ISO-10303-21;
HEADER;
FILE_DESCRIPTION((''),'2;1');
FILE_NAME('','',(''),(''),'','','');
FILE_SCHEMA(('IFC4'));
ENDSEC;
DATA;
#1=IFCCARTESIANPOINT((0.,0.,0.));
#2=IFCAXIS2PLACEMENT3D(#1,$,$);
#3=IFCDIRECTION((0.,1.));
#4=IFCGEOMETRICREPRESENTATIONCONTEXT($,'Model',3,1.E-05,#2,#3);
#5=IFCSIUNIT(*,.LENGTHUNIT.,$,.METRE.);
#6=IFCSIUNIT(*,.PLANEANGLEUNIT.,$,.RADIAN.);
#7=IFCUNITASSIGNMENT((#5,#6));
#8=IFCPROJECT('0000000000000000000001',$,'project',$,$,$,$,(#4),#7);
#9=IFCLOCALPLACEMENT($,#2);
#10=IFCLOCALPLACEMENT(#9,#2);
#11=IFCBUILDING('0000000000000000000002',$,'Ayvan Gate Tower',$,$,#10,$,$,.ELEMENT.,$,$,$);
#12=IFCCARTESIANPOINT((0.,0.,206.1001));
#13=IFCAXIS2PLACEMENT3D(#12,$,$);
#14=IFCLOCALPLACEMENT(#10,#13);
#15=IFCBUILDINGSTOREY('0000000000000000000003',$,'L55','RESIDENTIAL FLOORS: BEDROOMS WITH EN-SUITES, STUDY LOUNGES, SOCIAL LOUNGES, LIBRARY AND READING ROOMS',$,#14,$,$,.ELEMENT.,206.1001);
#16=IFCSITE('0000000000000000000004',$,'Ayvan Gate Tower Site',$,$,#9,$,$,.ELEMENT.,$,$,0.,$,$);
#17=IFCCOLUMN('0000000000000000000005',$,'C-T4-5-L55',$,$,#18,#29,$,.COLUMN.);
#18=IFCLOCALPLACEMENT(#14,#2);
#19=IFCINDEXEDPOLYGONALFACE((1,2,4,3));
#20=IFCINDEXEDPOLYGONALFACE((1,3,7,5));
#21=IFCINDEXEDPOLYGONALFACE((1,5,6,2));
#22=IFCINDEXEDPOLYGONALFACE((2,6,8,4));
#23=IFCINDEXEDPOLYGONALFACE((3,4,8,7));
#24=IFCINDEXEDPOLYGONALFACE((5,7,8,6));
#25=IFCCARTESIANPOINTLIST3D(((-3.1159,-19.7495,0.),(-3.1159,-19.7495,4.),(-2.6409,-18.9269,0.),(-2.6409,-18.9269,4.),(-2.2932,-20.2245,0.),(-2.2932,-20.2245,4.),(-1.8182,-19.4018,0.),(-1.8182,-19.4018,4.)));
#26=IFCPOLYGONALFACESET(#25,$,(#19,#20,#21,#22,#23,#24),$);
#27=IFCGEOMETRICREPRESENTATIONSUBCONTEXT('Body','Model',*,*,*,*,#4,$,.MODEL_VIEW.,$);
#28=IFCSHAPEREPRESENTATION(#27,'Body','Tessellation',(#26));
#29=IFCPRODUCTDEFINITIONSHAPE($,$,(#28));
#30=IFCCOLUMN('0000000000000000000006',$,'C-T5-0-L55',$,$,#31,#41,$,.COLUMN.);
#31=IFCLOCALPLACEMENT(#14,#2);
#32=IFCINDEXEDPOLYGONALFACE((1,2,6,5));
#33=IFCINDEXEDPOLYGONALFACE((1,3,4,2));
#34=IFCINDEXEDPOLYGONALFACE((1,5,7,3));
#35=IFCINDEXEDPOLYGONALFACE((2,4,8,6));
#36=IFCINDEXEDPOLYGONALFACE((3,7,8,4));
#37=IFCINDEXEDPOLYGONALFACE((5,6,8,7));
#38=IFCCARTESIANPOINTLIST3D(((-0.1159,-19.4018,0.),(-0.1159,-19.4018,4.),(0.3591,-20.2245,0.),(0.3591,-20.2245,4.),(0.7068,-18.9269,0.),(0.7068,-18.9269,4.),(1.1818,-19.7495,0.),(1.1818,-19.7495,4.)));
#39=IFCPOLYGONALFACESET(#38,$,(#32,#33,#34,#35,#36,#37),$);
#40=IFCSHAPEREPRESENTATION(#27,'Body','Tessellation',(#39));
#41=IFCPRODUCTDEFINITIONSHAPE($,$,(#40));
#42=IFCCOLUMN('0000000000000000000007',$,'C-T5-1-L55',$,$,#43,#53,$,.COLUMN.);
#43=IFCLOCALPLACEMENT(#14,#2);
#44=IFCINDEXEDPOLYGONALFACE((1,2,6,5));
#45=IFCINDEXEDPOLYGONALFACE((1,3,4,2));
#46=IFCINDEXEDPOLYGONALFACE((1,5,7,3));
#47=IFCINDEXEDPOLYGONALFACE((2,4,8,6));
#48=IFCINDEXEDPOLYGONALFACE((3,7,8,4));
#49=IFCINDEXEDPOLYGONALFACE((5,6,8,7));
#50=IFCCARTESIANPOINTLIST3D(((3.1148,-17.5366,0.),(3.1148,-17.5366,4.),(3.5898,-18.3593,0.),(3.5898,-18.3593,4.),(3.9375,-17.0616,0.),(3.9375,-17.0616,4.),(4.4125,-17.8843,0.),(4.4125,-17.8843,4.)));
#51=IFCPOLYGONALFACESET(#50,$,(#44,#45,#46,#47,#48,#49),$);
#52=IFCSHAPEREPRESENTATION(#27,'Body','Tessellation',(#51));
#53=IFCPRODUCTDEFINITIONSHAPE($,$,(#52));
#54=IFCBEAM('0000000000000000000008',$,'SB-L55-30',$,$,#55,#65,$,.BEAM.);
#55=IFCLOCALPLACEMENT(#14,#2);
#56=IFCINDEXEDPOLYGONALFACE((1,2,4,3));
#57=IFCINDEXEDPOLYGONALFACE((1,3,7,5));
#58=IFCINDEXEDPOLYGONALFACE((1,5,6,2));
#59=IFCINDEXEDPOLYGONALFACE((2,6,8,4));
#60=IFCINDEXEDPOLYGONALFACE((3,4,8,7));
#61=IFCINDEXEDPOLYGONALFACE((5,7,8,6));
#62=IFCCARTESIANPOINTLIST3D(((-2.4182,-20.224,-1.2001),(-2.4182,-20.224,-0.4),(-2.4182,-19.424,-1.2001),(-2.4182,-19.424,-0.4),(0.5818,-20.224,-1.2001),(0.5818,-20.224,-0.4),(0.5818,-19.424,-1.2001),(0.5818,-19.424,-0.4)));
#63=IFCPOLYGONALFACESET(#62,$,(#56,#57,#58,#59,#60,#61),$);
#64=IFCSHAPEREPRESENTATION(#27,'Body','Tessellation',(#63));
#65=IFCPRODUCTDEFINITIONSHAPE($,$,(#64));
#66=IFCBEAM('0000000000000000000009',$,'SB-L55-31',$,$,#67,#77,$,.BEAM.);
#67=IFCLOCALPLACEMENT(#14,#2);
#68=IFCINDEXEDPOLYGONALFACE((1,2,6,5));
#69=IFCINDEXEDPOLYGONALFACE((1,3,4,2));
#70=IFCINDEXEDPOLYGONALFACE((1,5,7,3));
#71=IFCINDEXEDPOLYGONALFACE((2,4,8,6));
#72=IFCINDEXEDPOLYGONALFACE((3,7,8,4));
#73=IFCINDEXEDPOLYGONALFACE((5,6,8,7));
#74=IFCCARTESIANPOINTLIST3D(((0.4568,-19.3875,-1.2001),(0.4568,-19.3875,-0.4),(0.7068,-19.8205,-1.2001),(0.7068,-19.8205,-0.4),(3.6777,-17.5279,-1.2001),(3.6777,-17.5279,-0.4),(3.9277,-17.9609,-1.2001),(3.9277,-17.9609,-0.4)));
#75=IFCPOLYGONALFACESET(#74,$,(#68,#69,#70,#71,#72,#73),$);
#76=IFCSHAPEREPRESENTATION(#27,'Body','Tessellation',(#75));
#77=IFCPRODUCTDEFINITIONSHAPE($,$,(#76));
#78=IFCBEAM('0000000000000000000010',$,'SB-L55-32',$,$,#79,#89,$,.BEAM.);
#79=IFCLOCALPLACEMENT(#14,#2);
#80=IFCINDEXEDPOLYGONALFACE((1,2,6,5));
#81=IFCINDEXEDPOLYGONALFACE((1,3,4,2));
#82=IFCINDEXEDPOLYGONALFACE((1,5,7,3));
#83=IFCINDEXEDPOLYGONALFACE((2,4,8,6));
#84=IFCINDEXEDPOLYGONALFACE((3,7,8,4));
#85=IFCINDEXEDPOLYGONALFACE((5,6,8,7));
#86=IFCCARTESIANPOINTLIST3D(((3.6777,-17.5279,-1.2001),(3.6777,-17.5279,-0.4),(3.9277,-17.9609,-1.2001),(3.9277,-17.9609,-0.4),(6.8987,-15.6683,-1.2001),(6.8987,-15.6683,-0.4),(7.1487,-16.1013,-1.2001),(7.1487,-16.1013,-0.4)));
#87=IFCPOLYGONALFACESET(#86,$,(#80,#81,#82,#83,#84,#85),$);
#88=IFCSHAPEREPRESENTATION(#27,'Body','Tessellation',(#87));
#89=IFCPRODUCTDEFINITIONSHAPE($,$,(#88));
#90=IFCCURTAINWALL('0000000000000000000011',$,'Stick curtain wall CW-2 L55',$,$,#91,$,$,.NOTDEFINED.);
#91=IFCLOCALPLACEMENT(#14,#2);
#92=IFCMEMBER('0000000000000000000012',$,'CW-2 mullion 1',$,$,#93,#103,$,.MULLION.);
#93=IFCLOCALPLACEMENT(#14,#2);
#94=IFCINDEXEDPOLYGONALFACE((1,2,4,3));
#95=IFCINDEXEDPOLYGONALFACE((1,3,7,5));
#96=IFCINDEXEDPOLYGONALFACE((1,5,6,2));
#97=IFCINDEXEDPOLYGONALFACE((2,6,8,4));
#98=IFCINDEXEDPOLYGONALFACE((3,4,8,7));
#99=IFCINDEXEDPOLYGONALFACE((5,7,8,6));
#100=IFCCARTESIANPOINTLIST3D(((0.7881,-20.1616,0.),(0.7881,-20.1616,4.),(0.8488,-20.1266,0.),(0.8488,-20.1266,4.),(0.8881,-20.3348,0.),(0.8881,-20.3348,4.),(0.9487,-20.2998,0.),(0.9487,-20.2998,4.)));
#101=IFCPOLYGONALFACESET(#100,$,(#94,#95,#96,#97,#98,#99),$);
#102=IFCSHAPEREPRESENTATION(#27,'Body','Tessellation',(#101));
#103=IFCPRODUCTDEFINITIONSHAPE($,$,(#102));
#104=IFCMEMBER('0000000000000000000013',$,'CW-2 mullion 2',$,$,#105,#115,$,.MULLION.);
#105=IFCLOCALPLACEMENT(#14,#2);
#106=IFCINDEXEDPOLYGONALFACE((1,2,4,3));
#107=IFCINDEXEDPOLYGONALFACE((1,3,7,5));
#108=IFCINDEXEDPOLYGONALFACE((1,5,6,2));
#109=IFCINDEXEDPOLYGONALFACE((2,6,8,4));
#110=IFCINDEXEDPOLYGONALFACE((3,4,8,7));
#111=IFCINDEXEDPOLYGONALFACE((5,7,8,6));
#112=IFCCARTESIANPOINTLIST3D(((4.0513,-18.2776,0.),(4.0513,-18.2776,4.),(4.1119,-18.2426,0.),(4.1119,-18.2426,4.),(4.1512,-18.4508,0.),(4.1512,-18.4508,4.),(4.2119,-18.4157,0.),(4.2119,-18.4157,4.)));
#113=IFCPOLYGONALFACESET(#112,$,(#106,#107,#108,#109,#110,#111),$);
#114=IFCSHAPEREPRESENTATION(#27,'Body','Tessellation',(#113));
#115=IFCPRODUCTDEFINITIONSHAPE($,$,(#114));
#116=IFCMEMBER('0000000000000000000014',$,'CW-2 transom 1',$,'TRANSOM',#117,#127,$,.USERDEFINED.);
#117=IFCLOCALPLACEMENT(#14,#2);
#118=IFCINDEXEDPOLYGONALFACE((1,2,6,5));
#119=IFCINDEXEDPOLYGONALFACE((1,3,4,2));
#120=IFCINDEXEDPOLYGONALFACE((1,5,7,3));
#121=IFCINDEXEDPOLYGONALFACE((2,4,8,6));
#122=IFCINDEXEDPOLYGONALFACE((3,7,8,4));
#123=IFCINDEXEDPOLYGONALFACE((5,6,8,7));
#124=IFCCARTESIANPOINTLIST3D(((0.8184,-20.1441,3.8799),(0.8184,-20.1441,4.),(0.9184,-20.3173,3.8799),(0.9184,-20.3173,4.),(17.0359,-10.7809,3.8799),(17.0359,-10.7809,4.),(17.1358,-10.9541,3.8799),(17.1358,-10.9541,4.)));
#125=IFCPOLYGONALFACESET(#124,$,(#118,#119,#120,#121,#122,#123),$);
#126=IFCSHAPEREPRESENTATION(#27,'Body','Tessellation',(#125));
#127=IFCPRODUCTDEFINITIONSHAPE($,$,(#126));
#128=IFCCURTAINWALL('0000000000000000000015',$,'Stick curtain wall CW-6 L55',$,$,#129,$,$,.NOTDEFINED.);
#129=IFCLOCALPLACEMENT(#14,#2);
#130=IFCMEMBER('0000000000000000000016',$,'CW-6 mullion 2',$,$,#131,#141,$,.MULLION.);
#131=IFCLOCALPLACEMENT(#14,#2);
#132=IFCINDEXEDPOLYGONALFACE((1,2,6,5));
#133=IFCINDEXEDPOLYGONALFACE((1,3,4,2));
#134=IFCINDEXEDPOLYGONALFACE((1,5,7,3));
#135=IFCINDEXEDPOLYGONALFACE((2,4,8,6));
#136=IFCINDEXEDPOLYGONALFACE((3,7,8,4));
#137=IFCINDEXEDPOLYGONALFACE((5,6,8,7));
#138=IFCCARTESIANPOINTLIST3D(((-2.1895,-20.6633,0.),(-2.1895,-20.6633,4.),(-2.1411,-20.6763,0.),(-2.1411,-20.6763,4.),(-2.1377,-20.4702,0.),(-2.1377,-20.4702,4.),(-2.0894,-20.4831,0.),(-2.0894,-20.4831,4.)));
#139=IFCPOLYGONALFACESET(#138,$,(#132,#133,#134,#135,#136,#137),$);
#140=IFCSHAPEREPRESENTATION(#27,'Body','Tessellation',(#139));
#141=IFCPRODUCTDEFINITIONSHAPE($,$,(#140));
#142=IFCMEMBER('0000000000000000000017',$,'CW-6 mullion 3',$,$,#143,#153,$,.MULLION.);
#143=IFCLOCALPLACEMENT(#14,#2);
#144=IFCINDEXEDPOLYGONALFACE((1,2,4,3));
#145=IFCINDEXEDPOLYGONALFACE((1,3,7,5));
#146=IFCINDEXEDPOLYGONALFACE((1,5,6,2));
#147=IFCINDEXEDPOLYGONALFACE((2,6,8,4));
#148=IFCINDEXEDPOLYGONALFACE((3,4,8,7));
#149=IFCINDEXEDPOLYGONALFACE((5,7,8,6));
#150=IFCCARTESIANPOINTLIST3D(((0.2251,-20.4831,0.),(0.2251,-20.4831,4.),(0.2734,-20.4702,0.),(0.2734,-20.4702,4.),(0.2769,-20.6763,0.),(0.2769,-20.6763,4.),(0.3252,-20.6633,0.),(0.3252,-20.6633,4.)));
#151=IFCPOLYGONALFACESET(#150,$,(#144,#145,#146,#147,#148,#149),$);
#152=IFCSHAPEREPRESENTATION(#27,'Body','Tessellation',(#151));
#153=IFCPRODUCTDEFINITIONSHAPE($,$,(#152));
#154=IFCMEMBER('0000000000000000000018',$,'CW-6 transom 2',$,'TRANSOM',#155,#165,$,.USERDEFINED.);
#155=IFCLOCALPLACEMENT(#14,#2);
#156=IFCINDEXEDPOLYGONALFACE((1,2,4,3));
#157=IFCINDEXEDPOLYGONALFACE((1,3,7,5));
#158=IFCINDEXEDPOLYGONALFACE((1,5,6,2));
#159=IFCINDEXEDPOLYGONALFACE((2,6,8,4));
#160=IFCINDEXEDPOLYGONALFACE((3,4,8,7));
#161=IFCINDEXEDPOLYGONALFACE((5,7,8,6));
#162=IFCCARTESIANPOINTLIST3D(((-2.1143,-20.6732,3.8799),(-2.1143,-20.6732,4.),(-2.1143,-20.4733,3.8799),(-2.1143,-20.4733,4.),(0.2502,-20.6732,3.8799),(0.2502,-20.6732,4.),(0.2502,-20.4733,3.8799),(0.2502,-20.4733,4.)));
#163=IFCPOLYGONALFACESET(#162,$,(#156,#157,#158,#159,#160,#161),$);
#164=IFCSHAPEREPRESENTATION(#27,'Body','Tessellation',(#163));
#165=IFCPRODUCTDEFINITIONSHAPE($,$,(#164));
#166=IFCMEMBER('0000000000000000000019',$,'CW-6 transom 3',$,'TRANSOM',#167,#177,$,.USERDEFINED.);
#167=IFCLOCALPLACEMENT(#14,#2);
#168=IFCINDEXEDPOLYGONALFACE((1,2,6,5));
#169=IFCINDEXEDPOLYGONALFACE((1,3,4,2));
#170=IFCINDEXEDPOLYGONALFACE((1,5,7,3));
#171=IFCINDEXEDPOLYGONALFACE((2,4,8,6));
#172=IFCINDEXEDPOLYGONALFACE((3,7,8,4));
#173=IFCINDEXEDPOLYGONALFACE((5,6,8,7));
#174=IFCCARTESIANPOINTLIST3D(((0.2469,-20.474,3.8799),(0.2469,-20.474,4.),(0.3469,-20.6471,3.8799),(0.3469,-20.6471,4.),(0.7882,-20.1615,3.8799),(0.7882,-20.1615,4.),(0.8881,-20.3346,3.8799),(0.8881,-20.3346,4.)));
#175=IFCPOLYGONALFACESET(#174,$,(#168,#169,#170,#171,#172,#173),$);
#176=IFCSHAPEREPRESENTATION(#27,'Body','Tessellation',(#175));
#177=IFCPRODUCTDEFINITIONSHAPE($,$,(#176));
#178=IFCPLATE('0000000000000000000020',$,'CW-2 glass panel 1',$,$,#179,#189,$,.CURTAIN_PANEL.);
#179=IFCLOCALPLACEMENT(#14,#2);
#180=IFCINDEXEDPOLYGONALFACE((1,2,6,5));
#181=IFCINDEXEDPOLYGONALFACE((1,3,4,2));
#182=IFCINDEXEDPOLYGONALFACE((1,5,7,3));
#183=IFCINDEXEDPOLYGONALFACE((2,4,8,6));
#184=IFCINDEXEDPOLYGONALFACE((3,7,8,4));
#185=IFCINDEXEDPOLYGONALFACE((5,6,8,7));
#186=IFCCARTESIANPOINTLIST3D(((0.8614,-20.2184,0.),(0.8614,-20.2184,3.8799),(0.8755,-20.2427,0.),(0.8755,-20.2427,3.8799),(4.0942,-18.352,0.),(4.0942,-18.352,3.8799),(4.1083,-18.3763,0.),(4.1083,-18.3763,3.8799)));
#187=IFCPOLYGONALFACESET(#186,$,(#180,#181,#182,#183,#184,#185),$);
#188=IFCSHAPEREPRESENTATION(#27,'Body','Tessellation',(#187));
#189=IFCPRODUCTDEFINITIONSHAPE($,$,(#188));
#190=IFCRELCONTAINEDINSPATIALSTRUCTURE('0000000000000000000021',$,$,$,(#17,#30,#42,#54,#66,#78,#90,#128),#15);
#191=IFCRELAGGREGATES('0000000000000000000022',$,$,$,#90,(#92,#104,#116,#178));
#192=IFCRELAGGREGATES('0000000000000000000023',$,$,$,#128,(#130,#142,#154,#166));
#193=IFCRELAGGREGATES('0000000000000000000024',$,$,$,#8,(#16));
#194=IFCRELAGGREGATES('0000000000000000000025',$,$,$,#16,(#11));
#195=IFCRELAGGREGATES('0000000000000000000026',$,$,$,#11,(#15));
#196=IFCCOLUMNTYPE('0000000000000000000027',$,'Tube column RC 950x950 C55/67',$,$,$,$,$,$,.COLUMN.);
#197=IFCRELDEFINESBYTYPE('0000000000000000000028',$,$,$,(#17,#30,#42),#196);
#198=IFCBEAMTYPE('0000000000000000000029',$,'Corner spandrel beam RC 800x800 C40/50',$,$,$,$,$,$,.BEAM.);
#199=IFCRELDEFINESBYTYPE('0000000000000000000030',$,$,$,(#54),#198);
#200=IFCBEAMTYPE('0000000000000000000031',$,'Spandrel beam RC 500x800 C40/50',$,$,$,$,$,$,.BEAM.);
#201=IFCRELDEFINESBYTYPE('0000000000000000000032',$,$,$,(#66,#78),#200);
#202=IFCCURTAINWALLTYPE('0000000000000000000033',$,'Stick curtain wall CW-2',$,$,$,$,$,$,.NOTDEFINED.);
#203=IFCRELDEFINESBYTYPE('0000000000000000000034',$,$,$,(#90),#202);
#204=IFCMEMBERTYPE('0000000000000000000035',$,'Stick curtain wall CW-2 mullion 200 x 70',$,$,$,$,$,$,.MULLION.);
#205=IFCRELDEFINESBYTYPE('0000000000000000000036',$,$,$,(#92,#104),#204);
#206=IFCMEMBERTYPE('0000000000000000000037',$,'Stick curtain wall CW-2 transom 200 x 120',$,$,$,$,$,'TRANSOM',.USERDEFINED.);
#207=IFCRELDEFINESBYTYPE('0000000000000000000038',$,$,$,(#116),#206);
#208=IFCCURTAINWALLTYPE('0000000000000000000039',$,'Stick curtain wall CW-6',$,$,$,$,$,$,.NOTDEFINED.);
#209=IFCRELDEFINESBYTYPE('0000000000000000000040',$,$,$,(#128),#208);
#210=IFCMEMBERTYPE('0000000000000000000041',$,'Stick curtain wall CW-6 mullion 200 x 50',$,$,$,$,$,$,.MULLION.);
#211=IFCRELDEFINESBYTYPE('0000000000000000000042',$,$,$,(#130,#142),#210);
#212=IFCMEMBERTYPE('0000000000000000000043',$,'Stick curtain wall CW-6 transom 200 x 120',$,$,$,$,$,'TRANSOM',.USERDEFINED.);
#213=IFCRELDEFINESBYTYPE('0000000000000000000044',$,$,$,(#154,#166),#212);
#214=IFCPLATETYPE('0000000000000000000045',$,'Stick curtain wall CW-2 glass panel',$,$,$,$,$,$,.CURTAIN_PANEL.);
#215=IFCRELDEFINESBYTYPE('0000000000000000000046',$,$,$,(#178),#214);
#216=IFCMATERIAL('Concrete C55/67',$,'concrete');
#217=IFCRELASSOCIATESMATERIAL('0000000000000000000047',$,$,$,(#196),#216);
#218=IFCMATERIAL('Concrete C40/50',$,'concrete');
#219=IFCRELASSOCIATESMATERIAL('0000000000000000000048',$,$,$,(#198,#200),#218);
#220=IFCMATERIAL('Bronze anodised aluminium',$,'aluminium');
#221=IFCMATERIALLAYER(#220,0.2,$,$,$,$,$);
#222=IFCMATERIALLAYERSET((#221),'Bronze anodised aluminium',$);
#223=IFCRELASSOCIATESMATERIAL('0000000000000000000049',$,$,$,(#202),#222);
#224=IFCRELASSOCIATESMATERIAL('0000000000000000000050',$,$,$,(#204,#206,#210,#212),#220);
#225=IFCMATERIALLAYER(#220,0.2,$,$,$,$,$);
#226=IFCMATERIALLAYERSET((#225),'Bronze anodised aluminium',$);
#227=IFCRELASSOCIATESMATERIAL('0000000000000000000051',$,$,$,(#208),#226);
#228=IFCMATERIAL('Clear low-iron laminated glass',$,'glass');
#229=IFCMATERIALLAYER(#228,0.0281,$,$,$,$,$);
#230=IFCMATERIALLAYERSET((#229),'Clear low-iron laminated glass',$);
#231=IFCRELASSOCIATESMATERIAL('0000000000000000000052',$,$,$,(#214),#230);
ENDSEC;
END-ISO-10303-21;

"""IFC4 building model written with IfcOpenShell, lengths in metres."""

from ifc_helpers import new_model, si_unit, direction, frame, origin, origin_2d, place, context, subcontext, project, spatial, rectangle, extrude, material, layer, layer_set, material_profile, profile_set, type_object, element, aggregate, save


model = new_model("IFC4")

# Units and contexts
model_context = context("Model", 3, precision=1e-05, world=origin(), true_north=direction((0.0, 1.0)))
body_context = subcontext(model_context, "Body", "Model", "MODEL_VIEW")
ifc_project = project(units=[si_unit("LENGTHUNIT", "METRE"), si_unit("PLANEANGLEUNIT", "RADIAN")], contexts=[model_context])

# Site, building, storey
site_placement = place(None, origin())
site = spatial("IfcSite", under=ifc_project, at=site_placement, Name="Ayvan Gate Tower Site", CompositionType="ELEMENT", RefElevation=0.0)
building_placement = place(site_placement, origin())
building = spatial("IfcBuilding", under=site, at=building_placement, Name="Ayvan Gate Tower", CompositionType="ELEMENT")
storey_placement = place(building_placement, frame((0.0, 0.0, 206.1001)))
storey = spatial("IfcBuildingStorey", under=building, at=storey_placement, Name="L55", Description="RESIDENTIAL FLOORS: BEDROOMS WITH EN-SUITES, STUDY LOUNGES, SOCIAL LOUNGES, LIBRARY AND READING ROOMS", CompositionType="ELEMENT", Elevation=206.1001)

# Columns
ifc_material_1 = material(Name="Concrete C55/67", Category="concrete")
ifc_material_profile_1 = material_profile(ifc_material_1, rectangle(XDim=0.95, YDim=0.95, at=origin_2d()), Name="RC 950x950")
ifc_profile_set_1 = profile_set([ifc_material_profile_1], Name="Concrete C55/67")
column_type = type_object("IfcColumnType", Name="Tube column RC 950x950 C55/67", PredefinedType="COLUMN", material=ifc_profile_set_1)
for number, where, z_axis, x_axis, name in (
    (1, (-2.467, -19.5757, 0.0), (0.0, 0.0, 1.0), (-0.5, -0.866025, 0.0), "C-T4-5-L55"),
    (2, (0.533, -19.5757, 0.0), (0.0, 0.0, 1.0), (0.5, -0.866025, 0.0), "C-T5-0-L55"),
    (3, (3.7637, -17.7104, 0.0), (0.0, 0.0, 1.0), (0.5, -0.866025, 0.0), "C-T5-1-L55"),
):
    element("IfcColumn", number, at=place(storey_placement, frame(where, z_axis=z_axis, x_axis=x_axis)), inside=storey, type_object=column_type, Name=name, PredefinedType="COLUMN", context=body_context, shape_type="SweptSolid", body=[
        extrude(rectangle(XDim=0.95, YDim=0.95, at=origin_2d()), origin(), (0.0, 0.0, 1.0), 4.0),
    ])

# Beams
ifc_material_2 = material(Name="Concrete C40/50", Category="concrete")
ifc_material_profile_2 = material_profile(ifc_material_2, rectangle(XDim=0.8, YDim=0.8, at=origin_2d()), Name="RC 800x800")
ifc_profile_set_2 = profile_set([ifc_material_profile_2], Name="Concrete C40/50")
beam_type_1 = type_object("IfcBeamType", Name="Corner spandrel beam RC 800x800 C40/50", PredefinedType="BEAM", material=ifc_profile_set_2)
beam_placement = place(storey_placement, frame((-2.4182, -19.824, -0.8), z_axis=(1.0, 0.0, 0.0), x_axis=(0.0, 1.0, 0.0)))
element("IfcBeam", 4, at=beam_placement, inside=storey, type_object=beam_type_1, Name="SB-L55-30", PredefinedType="BEAM", context=body_context, shape_type="SweptSolid", body=[
    extrude(rectangle(XDim=0.8, YDim=0.8, at=origin_2d()), origin(), (0.0, 0.0, 1.0), 3.0),
])
ifc_material_profile_3 = material_profile(ifc_material_2, rectangle(XDim=0.5, YDim=0.8, at=origin_2d()), Name="RC 500x800")
ifc_profile_set_3 = profile_set([ifc_material_profile_3], Name="Concrete C40/50")
beam_type_2 = type_object("IfcBeamType", Name="Spandrel beam RC 500x800 C40/50", PredefinedType="BEAM", material=ifc_profile_set_3)
for number, where, z_axis, x_axis, name in (
    (5, (0.5818, -19.604, -0.8), (0.866025, 0.500001, 0.0), (-0.500001, 0.866025, 0.0), "SB-L55-31"),
    (6, (3.8027, -17.7444, -0.8), (0.866025, 0.500001, 0.0), (-0.500001, 0.866025, 0.0), "SB-L55-32"),
):
    element("IfcBeam", number, at=place(storey_placement, frame(where, z_axis=z_axis, x_axis=x_axis)), inside=storey, type_object=beam_type_2, Name=name, PredefinedType="BEAM", context=body_context, shape_type="SweptSolid", body=[
        extrude(rectangle(XDim=0.5, YDim=0.8, at=origin_2d()), origin(), (0.0, 0.0, 1.0), 3.7192),
    ])

# Curtain walls, members
ifc_material_3 = material(Name="Bronze anodised aluminium", Category="aluminium")
ifc_layer_1 = layer(ifc_material_3, 0.2)
ifc_layer_set_1 = layer_set([ifc_layer_1], Name="Bronze anodised aluminium")
curtain_wall_type_1 = type_object("IfcCurtainWallType", Name="Stick curtain wall CW-2", PredefinedType="NOTDEFINED", material=ifc_layer_set_1)
curtain_wall_1_placement = place(storey_placement, origin())
curtain_wall_1 = element("IfcCurtainWall", 7, at=curtain_wall_1_placement, inside=storey, type_object=curtain_wall_type_1, Name="Stick curtain wall CW-2 L55", PredefinedType="NOTDEFINED")
ifc_material_profile_4 = material_profile(ifc_material_3, rectangle(XDim=0.2, YDim=0.0701, at=origin_2d()), Name="Stick curtain wall CW-2 mullion 200 x 70")
ifc_profile_set_4 = profile_set([ifc_material_profile_4], Name="Bronze anodised aluminium")
member_type_1 = type_object("IfcMemberType", Name="Stick curtain wall CW-2 mullion 200 x 70", PredefinedType="MULLION", material=ifc_profile_set_4)
member_1_placement = place(storey_placement, frame((0.8684, -20.2307, 0.0), z_axis=(0.0, 0.0, 1.0), x_axis=(0.5, -0.866025, 0.0)))
member_1 = element("IfcMember", 8, at=member_1_placement, type_object=member_type_1, Name="CW-2 mullion 1", PredefinedType="MULLION", context=body_context, shape_type="SweptSolid", body=[
    extrude(rectangle(XDim=0.2, YDim=0.0701, at=origin_2d()), origin(), (0.0, 0.0, 1.0), 4.0),
])
member_2_placement = place(storey_placement, frame((4.1316, -18.3467, 0.0), z_axis=(0.0, 0.0, 1.0), x_axis=(0.5, -0.866025, 0.0)))
member_2 = element("IfcMember", 9, at=member_2_placement, type_object=member_type_1, Name="CW-2 mullion 2", PredefinedType="MULLION", context=body_context, shape_type="SweptSolid", body=[
    extrude(rectangle(XDim=0.2, YDim=0.0701, at=origin_2d()), origin(), (0.0, 0.0, 1.0), 4.0),
])
ifc_material_profile_5 = material_profile(ifc_material_3, rectangle(XDim=0.2, YDim=0.1201, at=origin_2d()), Name="Stick curtain wall CW-2 transom 200 x 120")
ifc_profile_set_5 = profile_set([ifc_material_profile_5], Name="Bronze anodised aluminium")
member_type_2 = type_object("IfcMemberType", Name="Stick curtain wall CW-2 transom 200 x 120", ElementType="TRANSOM", PredefinedType="USERDEFINED", material=ifc_profile_set_5)
member_3_placement = place(storey_placement, frame((0.8684, -20.2307, 3.9399), z_axis=(0.866023, 0.500003, 0.0), x_axis=(-0.500003, 0.866023, 0.0)))
member_3 = element("IfcMember", 10, at=member_3_placement, type_object=member_type_2, Name="CW-2 transom 1", ObjectType="TRANSOM", PredefinedType="USERDEFINED", context=body_context, shape_type="SweptSolid", body=[
    extrude(rectangle(XDim=0.2, YDim=0.1201, at=origin_2d()), origin(), (0.0, 0.0, 1.0), 18.7263),
])
ifc_layer_2 = layer(ifc_material_3, 0.2)
ifc_layer_set_2 = layer_set([ifc_layer_2], Name="Bronze anodised aluminium")
curtain_wall_type_2 = type_object("IfcCurtainWallType", Name="Stick curtain wall CW-6", PredefinedType="NOTDEFINED", material=ifc_layer_set_2)
curtain_wall_2_placement = place(storey_placement, origin())
curtain_wall_2 = element("IfcCurtainWall", 11, at=curtain_wall_2_placement, inside=storey, type_object=curtain_wall_type_2, Name="Stick curtain wall CW-6 L55", PredefinedType="NOTDEFINED")
ifc_material_profile_6 = material_profile(ifc_material_3, rectangle(XDim=0.2, YDim=0.05, at=origin_2d()), Name="Stick curtain wall CW-6 mullion 200 x 50")
ifc_profile_set_6 = profile_set([ifc_material_profile_6], Name="Bronze anodised aluminium")
member_type_3 = type_object("IfcMemberType", Name="Stick curtain wall CW-6 mullion 200 x 50", PredefinedType="MULLION", material=ifc_profile_set_6)
member_4_placement = place(storey_placement, frame((-2.1394, -20.5732, 0.0), z_axis=(0.0, 0.0, 1.0), x_axis=(-0.258819, -0.965926, 0.0)))
member_4 = element("IfcMember", 12, at=member_4_placement, type_object=member_type_3, Name="CW-6 mullion 2", PredefinedType="MULLION", context=body_context, shape_type="SweptSolid", body=[
    extrude(rectangle(XDim=0.2, YDim=0.05, at=origin_2d()), origin(), (0.0, 0.0, 1.0), 4.0),
])
member_5_placement = place(storey_placement, frame((0.2751, -20.5732, 0.0), z_axis=(0.0, 0.0, 1.0), x_axis=(0.258819, -0.965926, 0.0)))
member_5 = element("IfcMember", 13, at=member_5_placement, type_object=member_type_3, Name="CW-6 mullion 3", PredefinedType="MULLION", context=body_context, shape_type="SweptSolid", body=[
    extrude(rectangle(XDim=0.2, YDim=0.05, at=origin_2d()), origin(), (0.0, 0.0, 1.0), 4.0),
])
ifc_material_profile_7 = material_profile(ifc_material_3, rectangle(XDim=0.2, YDim=0.1201, at=origin_2d()), Name="Stick curtain wall CW-6 transom 200 x 120")
ifc_profile_set_7 = profile_set([ifc_material_profile_7], Name="Bronze anodised aluminium")
member_type_4 = type_object("IfcMemberType", Name="Stick curtain wall CW-6 transom 200 x 120", ElementType="TRANSOM", PredefinedType="USERDEFINED", material=ifc_profile_set_7)
member_6_placement = place(storey_placement, frame((-2.1143, -20.5732, 3.9399), z_axis=(1.0, 0.0, 0.0), x_axis=(0.0, 1.0, 0.0)))
member_6 = element("IfcMember", 14, at=member_6_placement, type_object=member_type_4, Name="CW-6 transom 2", ObjectType="TRANSOM", PredefinedType="USERDEFINED", context=body_context, shape_type="SweptSolid", body=[
    extrude(rectangle(XDim=0.2, YDim=0.1201, at=origin_2d()), origin(), (0.0, 0.0, 1.0), 2.3645),
])
member_7_placement = place(storey_placement, frame((0.2969, -20.5605, 3.9399), z_axis=(0.866023, 0.500004, 0.0), x_axis=(-0.500004, 0.866023, 0.0)))
member_7 = element("IfcMember", 15, at=member_7_placement, type_object=member_type_4, Name="CW-6 transom 3", ObjectType="TRANSOM", PredefinedType="USERDEFINED", context=body_context, shape_type="SweptSolid", body=[
    extrude(rectangle(XDim=0.2, YDim=0.1201, at=origin_2d()), origin(), (0.0, 0.0, 1.0), 0.625),
])

# Plate
ifc_material_4 = material(Name="Clear low-iron laminated glass", Category="glass")
ifc_layer_3 = layer(ifc_material_4, 0.0281)
ifc_layer_set_3 = layer_set([ifc_layer_3], Name="Clear low-iron laminated glass")
plate_type_1 = type_object("IfcPlateType", Name="Stick curtain wall CW-2 glass panel", PredefinedType="CURTAIN_PANEL", material=ifc_layer_set_3)
plate_1_placement = place(storey_placement, frame((2.4849, -19.2974, 0.0), z_axis=(0.0, 0.0, 1.0), x_axis=(0.866025, 0.5, 0.0)))
plate_1 = element("IfcPlate", 16, at=plate_1_placement, type_object=plate_type_1, Name="CW-2 glass panel 1", PredefinedType="CURTAIN_PANEL", context=body_context, shape_type="SweptSolid", body=[
    extrude(rectangle(XDim=3.7329, YDim=0.0281, at=origin_2d()), origin(), (0.0, 0.0, 1.0), 3.8799),
])
aggregate(curtain_wall_1, [member_1, member_2, member_3, plate_1])
aggregate(curtain_wall_2, [member_4, member_5, member_6, member_7])

save(model, "model.ifc")
